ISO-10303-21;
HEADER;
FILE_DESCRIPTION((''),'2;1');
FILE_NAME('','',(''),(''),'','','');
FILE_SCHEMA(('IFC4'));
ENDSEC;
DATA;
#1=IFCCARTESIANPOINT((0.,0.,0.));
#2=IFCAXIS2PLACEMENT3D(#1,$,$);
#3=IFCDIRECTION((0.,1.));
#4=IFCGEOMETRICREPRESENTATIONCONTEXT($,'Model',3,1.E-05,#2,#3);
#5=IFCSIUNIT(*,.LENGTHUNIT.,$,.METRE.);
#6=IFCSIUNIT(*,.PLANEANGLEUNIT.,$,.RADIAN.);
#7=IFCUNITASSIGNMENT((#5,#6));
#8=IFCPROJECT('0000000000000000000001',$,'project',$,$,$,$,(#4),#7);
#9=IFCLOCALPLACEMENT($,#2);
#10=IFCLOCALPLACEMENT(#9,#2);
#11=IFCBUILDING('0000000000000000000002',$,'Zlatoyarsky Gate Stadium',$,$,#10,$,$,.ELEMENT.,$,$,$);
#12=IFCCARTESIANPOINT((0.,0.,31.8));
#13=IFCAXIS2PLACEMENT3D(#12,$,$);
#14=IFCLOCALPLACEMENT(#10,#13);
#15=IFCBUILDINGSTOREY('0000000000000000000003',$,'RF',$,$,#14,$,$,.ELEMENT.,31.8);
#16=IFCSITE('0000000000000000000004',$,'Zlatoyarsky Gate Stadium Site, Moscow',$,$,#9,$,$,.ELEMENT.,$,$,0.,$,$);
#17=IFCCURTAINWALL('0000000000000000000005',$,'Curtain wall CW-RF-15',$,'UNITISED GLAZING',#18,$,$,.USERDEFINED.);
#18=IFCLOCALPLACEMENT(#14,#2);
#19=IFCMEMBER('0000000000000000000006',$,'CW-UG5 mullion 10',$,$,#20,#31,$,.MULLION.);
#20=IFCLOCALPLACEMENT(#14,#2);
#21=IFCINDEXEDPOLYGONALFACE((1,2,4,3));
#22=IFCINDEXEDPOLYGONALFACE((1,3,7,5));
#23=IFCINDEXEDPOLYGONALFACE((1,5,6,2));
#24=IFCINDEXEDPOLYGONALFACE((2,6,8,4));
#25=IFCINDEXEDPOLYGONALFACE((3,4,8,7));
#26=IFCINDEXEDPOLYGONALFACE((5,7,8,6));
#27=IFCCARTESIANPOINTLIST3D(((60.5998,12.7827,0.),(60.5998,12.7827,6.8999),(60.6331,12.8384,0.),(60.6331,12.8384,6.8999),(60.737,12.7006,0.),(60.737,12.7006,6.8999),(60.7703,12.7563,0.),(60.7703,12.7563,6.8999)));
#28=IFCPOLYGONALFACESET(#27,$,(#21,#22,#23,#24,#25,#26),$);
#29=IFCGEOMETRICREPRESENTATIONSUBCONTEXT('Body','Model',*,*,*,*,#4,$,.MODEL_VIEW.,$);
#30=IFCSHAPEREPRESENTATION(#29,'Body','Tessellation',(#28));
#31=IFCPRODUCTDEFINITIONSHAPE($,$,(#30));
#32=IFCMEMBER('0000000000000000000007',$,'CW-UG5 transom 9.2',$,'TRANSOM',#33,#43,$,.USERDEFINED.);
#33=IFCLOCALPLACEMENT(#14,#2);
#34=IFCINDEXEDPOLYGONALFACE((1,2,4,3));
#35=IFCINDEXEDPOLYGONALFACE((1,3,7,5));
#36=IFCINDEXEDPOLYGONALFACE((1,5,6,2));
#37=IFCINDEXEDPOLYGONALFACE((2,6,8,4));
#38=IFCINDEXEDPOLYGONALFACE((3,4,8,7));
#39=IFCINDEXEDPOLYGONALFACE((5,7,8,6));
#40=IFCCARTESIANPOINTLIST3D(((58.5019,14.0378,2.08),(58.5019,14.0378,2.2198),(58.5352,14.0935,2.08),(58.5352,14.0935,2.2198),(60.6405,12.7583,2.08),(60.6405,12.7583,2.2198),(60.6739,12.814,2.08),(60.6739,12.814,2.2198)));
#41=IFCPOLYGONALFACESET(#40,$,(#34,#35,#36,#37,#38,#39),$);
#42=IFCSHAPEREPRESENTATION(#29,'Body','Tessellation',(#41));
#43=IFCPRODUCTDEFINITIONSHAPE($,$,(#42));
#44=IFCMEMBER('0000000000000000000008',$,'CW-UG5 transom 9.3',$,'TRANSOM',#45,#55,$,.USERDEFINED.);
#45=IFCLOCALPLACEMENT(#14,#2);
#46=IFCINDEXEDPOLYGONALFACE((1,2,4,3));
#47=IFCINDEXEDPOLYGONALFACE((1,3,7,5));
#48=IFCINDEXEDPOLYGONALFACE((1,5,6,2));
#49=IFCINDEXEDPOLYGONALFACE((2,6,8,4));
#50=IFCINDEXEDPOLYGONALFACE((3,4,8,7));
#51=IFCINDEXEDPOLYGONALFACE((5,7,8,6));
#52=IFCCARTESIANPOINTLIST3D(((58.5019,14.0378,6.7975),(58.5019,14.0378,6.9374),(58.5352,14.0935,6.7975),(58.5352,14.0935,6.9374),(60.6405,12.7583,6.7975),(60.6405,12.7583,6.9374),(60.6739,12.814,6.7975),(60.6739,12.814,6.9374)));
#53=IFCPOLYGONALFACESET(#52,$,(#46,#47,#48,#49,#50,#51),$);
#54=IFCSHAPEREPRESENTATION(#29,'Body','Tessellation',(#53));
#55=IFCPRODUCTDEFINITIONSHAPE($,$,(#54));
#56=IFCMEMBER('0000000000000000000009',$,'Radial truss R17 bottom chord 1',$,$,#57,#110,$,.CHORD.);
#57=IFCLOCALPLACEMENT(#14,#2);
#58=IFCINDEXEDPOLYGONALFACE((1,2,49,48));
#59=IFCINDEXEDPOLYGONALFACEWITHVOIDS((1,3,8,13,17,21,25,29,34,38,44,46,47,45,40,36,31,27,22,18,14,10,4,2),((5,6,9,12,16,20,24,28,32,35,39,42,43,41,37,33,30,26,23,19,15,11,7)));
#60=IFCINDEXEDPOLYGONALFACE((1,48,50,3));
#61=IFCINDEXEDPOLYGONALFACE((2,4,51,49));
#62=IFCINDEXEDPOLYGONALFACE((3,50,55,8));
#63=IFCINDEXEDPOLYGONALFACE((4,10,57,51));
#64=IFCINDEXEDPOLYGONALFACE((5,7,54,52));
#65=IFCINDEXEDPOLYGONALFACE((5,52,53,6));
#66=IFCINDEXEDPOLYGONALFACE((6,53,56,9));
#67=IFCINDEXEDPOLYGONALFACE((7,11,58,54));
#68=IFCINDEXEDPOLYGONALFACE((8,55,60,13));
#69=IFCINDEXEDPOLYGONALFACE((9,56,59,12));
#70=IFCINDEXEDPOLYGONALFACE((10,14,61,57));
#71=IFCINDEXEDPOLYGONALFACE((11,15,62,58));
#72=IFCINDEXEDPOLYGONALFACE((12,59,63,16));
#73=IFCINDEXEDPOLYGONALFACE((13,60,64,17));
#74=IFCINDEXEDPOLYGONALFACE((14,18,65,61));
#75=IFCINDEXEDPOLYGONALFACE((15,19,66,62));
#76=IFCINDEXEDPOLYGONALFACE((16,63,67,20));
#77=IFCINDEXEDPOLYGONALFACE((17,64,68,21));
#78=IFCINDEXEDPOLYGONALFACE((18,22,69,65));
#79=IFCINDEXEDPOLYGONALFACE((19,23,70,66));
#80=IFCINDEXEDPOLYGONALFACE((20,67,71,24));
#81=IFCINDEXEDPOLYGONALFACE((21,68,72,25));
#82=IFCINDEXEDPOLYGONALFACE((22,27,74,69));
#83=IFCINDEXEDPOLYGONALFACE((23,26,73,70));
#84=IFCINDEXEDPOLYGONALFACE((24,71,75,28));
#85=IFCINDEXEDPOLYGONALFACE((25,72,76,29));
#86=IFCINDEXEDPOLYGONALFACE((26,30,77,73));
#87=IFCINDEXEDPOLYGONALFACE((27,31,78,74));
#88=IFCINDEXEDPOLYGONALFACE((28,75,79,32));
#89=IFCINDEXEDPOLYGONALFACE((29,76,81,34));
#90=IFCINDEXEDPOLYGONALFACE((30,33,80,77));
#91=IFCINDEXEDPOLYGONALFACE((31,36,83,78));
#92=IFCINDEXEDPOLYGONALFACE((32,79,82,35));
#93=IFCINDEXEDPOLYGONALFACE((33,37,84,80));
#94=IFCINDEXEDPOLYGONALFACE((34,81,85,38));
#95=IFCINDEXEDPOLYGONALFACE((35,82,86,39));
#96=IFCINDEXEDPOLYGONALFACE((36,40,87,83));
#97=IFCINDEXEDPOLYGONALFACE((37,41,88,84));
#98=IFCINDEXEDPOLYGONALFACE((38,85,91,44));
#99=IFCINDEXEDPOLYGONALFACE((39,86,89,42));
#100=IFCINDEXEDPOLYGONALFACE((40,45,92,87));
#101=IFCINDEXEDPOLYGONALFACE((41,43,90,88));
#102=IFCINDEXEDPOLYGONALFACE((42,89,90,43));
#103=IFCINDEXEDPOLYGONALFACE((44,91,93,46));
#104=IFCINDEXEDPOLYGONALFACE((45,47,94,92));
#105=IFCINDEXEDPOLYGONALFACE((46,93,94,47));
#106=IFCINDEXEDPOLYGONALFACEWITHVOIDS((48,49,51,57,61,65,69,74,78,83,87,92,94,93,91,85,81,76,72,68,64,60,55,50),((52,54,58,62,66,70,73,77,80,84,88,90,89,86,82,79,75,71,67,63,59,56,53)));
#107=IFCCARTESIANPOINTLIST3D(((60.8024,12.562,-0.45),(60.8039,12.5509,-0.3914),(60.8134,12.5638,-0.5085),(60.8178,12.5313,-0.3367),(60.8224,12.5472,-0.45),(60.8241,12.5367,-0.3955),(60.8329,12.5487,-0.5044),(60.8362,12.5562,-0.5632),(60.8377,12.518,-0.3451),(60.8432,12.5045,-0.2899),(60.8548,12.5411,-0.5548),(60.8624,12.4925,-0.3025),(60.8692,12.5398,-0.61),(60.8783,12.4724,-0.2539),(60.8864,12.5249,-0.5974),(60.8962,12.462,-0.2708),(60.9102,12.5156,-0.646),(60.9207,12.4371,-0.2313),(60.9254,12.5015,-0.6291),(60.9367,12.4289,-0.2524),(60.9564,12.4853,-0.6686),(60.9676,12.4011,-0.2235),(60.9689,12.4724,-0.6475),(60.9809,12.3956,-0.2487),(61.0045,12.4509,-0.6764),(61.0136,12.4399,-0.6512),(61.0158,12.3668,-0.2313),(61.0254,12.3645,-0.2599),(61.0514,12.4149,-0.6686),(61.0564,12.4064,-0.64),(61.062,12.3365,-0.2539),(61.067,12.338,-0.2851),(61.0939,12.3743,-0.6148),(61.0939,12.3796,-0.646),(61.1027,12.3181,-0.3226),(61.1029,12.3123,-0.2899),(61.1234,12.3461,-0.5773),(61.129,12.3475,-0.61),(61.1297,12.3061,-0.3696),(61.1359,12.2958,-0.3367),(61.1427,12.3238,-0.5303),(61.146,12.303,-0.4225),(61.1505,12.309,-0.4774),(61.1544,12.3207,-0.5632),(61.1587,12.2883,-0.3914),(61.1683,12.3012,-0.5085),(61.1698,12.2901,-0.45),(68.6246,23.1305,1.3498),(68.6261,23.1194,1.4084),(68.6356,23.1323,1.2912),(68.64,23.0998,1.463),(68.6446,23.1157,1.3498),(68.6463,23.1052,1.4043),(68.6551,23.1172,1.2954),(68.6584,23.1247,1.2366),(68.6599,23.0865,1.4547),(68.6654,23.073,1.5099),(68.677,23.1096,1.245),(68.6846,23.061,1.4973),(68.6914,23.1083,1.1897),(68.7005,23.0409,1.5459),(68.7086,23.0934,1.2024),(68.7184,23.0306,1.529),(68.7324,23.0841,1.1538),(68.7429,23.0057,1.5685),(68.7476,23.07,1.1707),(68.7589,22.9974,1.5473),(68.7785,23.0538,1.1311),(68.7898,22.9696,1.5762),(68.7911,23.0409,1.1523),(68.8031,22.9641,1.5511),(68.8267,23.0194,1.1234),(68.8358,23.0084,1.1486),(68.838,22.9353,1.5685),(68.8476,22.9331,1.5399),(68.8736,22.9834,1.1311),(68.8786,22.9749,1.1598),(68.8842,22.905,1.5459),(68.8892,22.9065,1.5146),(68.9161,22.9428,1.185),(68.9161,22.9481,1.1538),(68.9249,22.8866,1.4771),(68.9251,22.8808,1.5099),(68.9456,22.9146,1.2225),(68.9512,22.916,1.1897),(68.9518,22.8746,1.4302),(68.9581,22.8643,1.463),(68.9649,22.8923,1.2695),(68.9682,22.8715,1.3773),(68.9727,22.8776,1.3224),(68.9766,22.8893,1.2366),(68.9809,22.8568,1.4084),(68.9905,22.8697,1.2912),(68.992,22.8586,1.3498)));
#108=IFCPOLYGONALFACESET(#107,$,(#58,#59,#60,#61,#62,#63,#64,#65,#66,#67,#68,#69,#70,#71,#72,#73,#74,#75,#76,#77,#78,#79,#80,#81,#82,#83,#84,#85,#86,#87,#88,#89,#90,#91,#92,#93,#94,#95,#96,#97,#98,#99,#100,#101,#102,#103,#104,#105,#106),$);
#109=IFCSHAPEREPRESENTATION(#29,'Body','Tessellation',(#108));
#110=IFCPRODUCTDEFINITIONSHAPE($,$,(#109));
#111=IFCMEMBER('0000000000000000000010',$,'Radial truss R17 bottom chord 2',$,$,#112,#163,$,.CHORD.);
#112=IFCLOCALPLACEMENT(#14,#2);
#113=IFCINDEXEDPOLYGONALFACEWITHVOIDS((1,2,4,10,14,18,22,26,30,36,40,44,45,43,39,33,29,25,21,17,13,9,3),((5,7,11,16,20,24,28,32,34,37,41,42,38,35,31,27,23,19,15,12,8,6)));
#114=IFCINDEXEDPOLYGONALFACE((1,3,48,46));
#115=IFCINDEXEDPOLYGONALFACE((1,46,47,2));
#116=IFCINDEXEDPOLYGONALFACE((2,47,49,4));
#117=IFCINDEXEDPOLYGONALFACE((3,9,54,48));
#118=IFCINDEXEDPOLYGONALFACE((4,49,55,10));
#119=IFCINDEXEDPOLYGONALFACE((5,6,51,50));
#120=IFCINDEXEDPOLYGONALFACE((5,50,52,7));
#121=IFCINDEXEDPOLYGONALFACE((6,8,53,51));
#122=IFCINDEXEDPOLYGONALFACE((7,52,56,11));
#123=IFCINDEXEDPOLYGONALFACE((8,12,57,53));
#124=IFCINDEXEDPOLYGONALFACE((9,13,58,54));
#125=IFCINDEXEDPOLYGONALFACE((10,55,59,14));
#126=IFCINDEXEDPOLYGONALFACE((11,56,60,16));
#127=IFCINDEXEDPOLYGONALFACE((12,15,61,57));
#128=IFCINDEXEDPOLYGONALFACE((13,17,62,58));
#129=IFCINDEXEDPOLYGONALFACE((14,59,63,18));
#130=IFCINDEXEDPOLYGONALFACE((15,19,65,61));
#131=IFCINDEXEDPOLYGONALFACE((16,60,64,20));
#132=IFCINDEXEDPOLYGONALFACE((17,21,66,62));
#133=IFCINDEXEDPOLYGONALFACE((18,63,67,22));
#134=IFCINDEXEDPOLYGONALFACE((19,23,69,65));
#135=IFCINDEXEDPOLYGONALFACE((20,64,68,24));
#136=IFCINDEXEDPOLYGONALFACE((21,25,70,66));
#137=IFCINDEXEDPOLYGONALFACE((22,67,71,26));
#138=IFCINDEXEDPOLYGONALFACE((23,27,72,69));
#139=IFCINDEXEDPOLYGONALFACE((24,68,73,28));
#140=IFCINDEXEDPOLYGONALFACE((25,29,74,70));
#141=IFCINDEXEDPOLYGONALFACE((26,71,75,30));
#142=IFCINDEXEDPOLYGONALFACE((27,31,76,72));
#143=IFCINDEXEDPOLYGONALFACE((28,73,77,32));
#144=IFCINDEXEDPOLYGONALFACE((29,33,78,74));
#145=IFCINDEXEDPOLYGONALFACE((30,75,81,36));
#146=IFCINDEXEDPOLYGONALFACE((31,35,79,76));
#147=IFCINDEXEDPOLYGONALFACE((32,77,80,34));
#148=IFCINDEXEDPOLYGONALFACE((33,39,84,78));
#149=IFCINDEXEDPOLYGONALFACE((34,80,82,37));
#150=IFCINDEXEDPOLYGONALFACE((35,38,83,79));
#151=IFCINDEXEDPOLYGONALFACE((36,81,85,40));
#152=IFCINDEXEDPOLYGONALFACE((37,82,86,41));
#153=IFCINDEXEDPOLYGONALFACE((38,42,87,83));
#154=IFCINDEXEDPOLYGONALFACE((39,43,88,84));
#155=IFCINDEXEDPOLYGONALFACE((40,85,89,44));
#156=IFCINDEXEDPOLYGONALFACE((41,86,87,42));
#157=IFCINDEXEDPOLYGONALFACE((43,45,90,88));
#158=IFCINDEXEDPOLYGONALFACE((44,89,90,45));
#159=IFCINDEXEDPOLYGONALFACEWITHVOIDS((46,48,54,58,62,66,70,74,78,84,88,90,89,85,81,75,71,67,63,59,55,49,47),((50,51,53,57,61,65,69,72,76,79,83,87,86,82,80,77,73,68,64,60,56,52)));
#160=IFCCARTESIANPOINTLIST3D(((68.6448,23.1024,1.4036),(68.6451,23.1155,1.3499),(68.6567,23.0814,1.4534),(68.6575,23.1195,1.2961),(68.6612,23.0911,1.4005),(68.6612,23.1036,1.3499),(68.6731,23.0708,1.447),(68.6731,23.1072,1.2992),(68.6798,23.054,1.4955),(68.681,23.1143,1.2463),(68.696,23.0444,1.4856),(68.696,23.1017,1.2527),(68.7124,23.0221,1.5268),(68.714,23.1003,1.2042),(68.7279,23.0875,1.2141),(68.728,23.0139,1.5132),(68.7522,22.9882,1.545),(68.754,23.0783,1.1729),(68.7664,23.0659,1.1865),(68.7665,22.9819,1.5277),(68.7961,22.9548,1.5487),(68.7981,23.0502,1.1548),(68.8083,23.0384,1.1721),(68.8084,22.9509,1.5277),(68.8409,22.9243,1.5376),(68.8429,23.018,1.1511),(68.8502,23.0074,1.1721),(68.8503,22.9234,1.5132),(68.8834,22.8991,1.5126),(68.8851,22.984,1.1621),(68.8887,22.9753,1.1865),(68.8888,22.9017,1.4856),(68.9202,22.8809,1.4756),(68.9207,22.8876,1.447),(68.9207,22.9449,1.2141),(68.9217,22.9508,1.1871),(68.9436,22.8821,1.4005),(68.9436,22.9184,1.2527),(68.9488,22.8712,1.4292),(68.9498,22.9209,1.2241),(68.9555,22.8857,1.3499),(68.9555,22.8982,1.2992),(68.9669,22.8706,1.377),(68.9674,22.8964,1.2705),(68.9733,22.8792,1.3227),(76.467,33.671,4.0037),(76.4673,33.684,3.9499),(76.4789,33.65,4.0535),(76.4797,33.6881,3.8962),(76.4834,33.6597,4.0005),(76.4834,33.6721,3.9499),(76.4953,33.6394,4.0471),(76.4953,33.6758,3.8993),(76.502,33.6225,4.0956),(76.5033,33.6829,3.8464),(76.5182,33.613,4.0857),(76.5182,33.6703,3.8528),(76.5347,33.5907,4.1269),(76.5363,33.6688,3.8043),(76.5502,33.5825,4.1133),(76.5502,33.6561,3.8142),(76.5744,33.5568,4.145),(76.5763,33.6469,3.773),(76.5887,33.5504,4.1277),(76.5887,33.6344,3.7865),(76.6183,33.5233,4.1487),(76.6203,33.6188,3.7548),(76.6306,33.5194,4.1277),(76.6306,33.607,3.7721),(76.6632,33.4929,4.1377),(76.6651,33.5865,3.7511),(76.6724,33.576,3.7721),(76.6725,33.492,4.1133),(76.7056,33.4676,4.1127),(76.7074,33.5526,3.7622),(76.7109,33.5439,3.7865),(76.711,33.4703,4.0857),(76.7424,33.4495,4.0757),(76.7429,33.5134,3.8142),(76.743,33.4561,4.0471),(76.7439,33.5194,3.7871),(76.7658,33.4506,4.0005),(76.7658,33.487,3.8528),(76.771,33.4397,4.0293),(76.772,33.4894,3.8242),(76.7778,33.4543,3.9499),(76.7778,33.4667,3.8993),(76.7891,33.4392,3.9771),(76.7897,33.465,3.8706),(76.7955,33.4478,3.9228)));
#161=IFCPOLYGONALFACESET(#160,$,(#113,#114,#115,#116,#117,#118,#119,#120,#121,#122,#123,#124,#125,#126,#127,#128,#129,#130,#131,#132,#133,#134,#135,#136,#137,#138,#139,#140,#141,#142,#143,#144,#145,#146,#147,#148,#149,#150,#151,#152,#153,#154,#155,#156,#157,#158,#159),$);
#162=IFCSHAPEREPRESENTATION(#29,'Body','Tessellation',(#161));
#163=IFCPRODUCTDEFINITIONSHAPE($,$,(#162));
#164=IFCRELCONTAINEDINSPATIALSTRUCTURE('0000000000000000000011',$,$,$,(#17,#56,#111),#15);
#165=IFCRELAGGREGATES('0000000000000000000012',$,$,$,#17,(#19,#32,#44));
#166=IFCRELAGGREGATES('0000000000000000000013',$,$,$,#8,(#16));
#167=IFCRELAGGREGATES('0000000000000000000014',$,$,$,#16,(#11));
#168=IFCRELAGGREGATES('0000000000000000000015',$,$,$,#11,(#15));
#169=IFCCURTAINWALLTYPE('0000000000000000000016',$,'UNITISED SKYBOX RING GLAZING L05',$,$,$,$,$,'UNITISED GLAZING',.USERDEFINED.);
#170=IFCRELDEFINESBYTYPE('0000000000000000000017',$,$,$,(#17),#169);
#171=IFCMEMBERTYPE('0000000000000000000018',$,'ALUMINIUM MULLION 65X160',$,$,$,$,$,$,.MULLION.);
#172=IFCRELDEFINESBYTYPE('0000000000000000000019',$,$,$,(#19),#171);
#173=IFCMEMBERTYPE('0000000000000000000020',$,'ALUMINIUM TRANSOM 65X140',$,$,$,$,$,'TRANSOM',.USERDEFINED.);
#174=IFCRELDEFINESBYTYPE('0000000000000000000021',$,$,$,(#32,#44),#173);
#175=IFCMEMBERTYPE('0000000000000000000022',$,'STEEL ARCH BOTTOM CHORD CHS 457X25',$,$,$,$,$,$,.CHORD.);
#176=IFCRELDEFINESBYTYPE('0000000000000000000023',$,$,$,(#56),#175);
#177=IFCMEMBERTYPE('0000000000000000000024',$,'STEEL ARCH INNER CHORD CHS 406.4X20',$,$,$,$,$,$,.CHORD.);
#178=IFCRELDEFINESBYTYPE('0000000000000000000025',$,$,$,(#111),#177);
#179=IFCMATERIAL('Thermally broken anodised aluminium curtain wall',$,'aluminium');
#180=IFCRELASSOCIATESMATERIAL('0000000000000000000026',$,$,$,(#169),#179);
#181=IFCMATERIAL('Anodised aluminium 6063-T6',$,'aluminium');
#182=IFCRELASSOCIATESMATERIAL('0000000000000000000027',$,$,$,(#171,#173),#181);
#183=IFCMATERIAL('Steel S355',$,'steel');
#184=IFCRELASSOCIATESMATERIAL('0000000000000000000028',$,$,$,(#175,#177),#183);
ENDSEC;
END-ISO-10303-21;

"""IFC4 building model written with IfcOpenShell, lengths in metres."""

from ifc_helpers import new_model, si_unit, direction, frame, origin, origin_2d, place, context, subcontext, project, spatial, rectangle, hollow_circle, extrude, material, material_profile, profile_set, type_object, element, aggregate, save


model = new_model("IFC4")

# Units and contexts
model_context = context("Model", 3, precision=1e-05, world=origin(), true_north=direction((0.0, 1.0)))
body_context = subcontext(model_context, "Body", "Model", "MODEL_VIEW")
ifc_project = project(units=[si_unit("LENGTHUNIT", "METRE"), si_unit("PLANEANGLEUNIT", "RADIAN")], contexts=[model_context])

# Site, building, storey
site_placement = place(None, origin())
site = spatial("IfcSite", under=ifc_project, at=site_placement, Name="Zlatoyarsky Gate Stadium Site, Moscow", CompositionType="ELEMENT", RefElevation=0.0)
building_placement = place(site_placement, origin())
building = spatial("IfcBuilding", under=site, at=building_placement, Name="Zlatoyarsky Gate Stadium", CompositionType="ELEMENT")
storey_placement = place(building_placement, frame((0.0, 0.0, 31.8)))
storey = spatial("IfcBuildingStorey", under=building, at=storey_placement, Name="RF", CompositionType="ELEMENT", Elevation=31.8)

# Curtain wall, members
ifc_material_1 = material(Name="Thermally broken anodised aluminium curtain wall", Category="aluminium")
curtain_wall_type = type_object("IfcCurtainWallType", Name="UNITISED SKYBOX RING GLAZING L05", ElementType="UNITISED GLAZING", PredefinedType="USERDEFINED", material=ifc_material_1)
curtain_wall_placement = place(storey_placement, origin())
curtain_wall = element("IfcCurtainWall", 1, at=curtain_wall_placement, inside=storey, type_object=curtain_wall_type, Name="Curtain wall CW-RF-15", ObjectType="UNITISED GLAZING", PredefinedType="USERDEFINED")
ifc_material_2 = material(Name="Anodised aluminium 6063-T6", Category="aluminium")
ifc_material_profile_1 = material_profile(ifc_material_2, rectangle(XDim=0.0649, YDim=0.1599, at=origin_2d()), Name="ALU 65X160")
ifc_profile_set_1 = profile_set([ifc_material_profile_1], Name="Anodised aluminium 6063-T6")
member_type_1 = type_object("IfcMemberType", Name="ALUMINIUM MULLION 65X160", PredefinedType="MULLION", material=ifc_profile_set_1)
member_1_placement = place(storey_placement, frame((60.6851, 12.7695, 0.0), z_axis=(0.0, 0.0, 1.0), x_axis=(0.513436, 0.858128, 0.0)))
member_1 = element("IfcMember", 2, at=member_1_placement, type_object=member_type_1, Name="CW-UG5 mullion 10", PredefinedType="MULLION", context=body_context, shape_type="SweptSolid", body=[
    extrude(rectangle(XDim=0.0649, YDim=0.1599, at=origin_2d()), origin(), (0.0, 0.0, 1.0), 6.8999),
])
ifc_material_profile_2 = material_profile(ifc_material_2, rectangle(XDim=0.0649, YDim=0.1399, at=origin_2d()), Name="ALU 65X140")
ifc_profile_set_2 = profile_set([ifc_material_profile_2], Name="Anodised aluminium 6063-T6")
member_type_2 = type_object("IfcMemberType", Name="ALUMINIUM TRANSOM 65X140", ElementType="TRANSOM", PredefinedType="USERDEFINED", material=ifc_profile_set_2)
member_2_placement = place(storey_placement, frame((58.5186, 14.0657, 2.1499), z_axis=(0.858141, -0.513415, 0.0), x_axis=(0.513415, 0.858141, 0.0)))
member_2 = element("IfcMember", 3, at=member_2_placement, type_object=member_type_2, Name="CW-UG5 transom 9.2", ObjectType="TRANSOM", PredefinedType="USERDEFINED", context=body_context, shape_type="SweptSolid", body=[
    extrude(rectangle(XDim=0.0649, YDim=0.1399, at=origin_2d()), origin(), (0.0, 0.0, 1.0), 2.4922),
])
member_3_placement = place(storey_placement, frame((58.5186, 14.0657, 6.8674), z_axis=(0.858141, -0.513415, 0.0), x_axis=(0.513415, 0.858141, 0.0)))
member_3 = element("IfcMember", 4, at=member_3_placement, type_object=member_type_2, Name="CW-UG5 transom 9.3", ObjectType="TRANSOM", PredefinedType="USERDEFINED", context=body_context, shape_type="SweptSolid", body=[
    extrude(rectangle(XDim=0.0649, YDim=0.1399, at=origin_2d()), origin(), (0.0, 0.0, 1.0), 2.4922),
])

# Members
ifc_material_3 = material(Name="Steel S355", Category="steel")
ifc_material_profile_3 = material_profile(ifc_material_3, hollow_circle(Radius=0.2285, WallThickness=0.0249, at=origin_2d()), Name="CHS 457X25")
ifc_profile_set_3 = profile_set([ifc_material_profile_3], Name="Steel S355")
member_type_3 = type_object("IfcMemberType", Name="STEEL ARCH BOTTOM CHORD CHS 457X25", PredefinedType="CHORD", material=ifc_profile_set_3)
member_4_placement = place(storey_placement, frame((60.9861, 12.426, -0.45), z_axis=(0.58942, 0.796361, 0.135618), x_axis=(-0.803787, 0.594917, 0.0)))
element("IfcMember", 5, at=member_4_placement, inside=storey, type_object=member_type_3, Name="Radial truss R17 bottom chord 1", PredefinedType="CHORD", context=body_context, shape_type="SweptSolid", body=[
    extrude(hollow_circle(Radius=0.2285, WallThickness=0.0249, at=origin_2d()), origin(), (0.0, 0.0, 1.0), 13.271),
])
ifc_material_profile_4 = material_profile(ifc_material_3, hollow_circle(Radius=0.2031, WallThickness=0.02, at=origin_2d()), Name="CHS 406.4X20")
ifc_profile_set_4 = profile_set([ifc_material_profile_4], Name="Steel S355")
member_type_4 = type_object("IfcMemberType", Name="STEEL ARCH INNER CHORD CHS 406.4X20", PredefinedType="CHORD", material=ifc_profile_set_4)
member_5_placement = place(storey_placement, frame((68.8083, 22.9946, 1.3499), z_axis=(0.583615, 0.788518, 0.193992), x_axis=(-0.803787, 0.594917, 0.0)))
element("IfcMember", 6, at=member_5_placement, inside=storey, type_object=member_type_4, Name="Radial truss R17 bottom chord 2", PredefinedType="CHORD", context=body_context, shape_type="SweptSolid", body=[
    extrude(hollow_circle(Radius=0.2031, WallThickness=0.02, at=origin_2d()), origin(), (0.0, 0.0, 1.0), 13.4031),
])

aggregate(curtain_wall, [member_1, member_2, member_3])

save(model, "model.ifc")
